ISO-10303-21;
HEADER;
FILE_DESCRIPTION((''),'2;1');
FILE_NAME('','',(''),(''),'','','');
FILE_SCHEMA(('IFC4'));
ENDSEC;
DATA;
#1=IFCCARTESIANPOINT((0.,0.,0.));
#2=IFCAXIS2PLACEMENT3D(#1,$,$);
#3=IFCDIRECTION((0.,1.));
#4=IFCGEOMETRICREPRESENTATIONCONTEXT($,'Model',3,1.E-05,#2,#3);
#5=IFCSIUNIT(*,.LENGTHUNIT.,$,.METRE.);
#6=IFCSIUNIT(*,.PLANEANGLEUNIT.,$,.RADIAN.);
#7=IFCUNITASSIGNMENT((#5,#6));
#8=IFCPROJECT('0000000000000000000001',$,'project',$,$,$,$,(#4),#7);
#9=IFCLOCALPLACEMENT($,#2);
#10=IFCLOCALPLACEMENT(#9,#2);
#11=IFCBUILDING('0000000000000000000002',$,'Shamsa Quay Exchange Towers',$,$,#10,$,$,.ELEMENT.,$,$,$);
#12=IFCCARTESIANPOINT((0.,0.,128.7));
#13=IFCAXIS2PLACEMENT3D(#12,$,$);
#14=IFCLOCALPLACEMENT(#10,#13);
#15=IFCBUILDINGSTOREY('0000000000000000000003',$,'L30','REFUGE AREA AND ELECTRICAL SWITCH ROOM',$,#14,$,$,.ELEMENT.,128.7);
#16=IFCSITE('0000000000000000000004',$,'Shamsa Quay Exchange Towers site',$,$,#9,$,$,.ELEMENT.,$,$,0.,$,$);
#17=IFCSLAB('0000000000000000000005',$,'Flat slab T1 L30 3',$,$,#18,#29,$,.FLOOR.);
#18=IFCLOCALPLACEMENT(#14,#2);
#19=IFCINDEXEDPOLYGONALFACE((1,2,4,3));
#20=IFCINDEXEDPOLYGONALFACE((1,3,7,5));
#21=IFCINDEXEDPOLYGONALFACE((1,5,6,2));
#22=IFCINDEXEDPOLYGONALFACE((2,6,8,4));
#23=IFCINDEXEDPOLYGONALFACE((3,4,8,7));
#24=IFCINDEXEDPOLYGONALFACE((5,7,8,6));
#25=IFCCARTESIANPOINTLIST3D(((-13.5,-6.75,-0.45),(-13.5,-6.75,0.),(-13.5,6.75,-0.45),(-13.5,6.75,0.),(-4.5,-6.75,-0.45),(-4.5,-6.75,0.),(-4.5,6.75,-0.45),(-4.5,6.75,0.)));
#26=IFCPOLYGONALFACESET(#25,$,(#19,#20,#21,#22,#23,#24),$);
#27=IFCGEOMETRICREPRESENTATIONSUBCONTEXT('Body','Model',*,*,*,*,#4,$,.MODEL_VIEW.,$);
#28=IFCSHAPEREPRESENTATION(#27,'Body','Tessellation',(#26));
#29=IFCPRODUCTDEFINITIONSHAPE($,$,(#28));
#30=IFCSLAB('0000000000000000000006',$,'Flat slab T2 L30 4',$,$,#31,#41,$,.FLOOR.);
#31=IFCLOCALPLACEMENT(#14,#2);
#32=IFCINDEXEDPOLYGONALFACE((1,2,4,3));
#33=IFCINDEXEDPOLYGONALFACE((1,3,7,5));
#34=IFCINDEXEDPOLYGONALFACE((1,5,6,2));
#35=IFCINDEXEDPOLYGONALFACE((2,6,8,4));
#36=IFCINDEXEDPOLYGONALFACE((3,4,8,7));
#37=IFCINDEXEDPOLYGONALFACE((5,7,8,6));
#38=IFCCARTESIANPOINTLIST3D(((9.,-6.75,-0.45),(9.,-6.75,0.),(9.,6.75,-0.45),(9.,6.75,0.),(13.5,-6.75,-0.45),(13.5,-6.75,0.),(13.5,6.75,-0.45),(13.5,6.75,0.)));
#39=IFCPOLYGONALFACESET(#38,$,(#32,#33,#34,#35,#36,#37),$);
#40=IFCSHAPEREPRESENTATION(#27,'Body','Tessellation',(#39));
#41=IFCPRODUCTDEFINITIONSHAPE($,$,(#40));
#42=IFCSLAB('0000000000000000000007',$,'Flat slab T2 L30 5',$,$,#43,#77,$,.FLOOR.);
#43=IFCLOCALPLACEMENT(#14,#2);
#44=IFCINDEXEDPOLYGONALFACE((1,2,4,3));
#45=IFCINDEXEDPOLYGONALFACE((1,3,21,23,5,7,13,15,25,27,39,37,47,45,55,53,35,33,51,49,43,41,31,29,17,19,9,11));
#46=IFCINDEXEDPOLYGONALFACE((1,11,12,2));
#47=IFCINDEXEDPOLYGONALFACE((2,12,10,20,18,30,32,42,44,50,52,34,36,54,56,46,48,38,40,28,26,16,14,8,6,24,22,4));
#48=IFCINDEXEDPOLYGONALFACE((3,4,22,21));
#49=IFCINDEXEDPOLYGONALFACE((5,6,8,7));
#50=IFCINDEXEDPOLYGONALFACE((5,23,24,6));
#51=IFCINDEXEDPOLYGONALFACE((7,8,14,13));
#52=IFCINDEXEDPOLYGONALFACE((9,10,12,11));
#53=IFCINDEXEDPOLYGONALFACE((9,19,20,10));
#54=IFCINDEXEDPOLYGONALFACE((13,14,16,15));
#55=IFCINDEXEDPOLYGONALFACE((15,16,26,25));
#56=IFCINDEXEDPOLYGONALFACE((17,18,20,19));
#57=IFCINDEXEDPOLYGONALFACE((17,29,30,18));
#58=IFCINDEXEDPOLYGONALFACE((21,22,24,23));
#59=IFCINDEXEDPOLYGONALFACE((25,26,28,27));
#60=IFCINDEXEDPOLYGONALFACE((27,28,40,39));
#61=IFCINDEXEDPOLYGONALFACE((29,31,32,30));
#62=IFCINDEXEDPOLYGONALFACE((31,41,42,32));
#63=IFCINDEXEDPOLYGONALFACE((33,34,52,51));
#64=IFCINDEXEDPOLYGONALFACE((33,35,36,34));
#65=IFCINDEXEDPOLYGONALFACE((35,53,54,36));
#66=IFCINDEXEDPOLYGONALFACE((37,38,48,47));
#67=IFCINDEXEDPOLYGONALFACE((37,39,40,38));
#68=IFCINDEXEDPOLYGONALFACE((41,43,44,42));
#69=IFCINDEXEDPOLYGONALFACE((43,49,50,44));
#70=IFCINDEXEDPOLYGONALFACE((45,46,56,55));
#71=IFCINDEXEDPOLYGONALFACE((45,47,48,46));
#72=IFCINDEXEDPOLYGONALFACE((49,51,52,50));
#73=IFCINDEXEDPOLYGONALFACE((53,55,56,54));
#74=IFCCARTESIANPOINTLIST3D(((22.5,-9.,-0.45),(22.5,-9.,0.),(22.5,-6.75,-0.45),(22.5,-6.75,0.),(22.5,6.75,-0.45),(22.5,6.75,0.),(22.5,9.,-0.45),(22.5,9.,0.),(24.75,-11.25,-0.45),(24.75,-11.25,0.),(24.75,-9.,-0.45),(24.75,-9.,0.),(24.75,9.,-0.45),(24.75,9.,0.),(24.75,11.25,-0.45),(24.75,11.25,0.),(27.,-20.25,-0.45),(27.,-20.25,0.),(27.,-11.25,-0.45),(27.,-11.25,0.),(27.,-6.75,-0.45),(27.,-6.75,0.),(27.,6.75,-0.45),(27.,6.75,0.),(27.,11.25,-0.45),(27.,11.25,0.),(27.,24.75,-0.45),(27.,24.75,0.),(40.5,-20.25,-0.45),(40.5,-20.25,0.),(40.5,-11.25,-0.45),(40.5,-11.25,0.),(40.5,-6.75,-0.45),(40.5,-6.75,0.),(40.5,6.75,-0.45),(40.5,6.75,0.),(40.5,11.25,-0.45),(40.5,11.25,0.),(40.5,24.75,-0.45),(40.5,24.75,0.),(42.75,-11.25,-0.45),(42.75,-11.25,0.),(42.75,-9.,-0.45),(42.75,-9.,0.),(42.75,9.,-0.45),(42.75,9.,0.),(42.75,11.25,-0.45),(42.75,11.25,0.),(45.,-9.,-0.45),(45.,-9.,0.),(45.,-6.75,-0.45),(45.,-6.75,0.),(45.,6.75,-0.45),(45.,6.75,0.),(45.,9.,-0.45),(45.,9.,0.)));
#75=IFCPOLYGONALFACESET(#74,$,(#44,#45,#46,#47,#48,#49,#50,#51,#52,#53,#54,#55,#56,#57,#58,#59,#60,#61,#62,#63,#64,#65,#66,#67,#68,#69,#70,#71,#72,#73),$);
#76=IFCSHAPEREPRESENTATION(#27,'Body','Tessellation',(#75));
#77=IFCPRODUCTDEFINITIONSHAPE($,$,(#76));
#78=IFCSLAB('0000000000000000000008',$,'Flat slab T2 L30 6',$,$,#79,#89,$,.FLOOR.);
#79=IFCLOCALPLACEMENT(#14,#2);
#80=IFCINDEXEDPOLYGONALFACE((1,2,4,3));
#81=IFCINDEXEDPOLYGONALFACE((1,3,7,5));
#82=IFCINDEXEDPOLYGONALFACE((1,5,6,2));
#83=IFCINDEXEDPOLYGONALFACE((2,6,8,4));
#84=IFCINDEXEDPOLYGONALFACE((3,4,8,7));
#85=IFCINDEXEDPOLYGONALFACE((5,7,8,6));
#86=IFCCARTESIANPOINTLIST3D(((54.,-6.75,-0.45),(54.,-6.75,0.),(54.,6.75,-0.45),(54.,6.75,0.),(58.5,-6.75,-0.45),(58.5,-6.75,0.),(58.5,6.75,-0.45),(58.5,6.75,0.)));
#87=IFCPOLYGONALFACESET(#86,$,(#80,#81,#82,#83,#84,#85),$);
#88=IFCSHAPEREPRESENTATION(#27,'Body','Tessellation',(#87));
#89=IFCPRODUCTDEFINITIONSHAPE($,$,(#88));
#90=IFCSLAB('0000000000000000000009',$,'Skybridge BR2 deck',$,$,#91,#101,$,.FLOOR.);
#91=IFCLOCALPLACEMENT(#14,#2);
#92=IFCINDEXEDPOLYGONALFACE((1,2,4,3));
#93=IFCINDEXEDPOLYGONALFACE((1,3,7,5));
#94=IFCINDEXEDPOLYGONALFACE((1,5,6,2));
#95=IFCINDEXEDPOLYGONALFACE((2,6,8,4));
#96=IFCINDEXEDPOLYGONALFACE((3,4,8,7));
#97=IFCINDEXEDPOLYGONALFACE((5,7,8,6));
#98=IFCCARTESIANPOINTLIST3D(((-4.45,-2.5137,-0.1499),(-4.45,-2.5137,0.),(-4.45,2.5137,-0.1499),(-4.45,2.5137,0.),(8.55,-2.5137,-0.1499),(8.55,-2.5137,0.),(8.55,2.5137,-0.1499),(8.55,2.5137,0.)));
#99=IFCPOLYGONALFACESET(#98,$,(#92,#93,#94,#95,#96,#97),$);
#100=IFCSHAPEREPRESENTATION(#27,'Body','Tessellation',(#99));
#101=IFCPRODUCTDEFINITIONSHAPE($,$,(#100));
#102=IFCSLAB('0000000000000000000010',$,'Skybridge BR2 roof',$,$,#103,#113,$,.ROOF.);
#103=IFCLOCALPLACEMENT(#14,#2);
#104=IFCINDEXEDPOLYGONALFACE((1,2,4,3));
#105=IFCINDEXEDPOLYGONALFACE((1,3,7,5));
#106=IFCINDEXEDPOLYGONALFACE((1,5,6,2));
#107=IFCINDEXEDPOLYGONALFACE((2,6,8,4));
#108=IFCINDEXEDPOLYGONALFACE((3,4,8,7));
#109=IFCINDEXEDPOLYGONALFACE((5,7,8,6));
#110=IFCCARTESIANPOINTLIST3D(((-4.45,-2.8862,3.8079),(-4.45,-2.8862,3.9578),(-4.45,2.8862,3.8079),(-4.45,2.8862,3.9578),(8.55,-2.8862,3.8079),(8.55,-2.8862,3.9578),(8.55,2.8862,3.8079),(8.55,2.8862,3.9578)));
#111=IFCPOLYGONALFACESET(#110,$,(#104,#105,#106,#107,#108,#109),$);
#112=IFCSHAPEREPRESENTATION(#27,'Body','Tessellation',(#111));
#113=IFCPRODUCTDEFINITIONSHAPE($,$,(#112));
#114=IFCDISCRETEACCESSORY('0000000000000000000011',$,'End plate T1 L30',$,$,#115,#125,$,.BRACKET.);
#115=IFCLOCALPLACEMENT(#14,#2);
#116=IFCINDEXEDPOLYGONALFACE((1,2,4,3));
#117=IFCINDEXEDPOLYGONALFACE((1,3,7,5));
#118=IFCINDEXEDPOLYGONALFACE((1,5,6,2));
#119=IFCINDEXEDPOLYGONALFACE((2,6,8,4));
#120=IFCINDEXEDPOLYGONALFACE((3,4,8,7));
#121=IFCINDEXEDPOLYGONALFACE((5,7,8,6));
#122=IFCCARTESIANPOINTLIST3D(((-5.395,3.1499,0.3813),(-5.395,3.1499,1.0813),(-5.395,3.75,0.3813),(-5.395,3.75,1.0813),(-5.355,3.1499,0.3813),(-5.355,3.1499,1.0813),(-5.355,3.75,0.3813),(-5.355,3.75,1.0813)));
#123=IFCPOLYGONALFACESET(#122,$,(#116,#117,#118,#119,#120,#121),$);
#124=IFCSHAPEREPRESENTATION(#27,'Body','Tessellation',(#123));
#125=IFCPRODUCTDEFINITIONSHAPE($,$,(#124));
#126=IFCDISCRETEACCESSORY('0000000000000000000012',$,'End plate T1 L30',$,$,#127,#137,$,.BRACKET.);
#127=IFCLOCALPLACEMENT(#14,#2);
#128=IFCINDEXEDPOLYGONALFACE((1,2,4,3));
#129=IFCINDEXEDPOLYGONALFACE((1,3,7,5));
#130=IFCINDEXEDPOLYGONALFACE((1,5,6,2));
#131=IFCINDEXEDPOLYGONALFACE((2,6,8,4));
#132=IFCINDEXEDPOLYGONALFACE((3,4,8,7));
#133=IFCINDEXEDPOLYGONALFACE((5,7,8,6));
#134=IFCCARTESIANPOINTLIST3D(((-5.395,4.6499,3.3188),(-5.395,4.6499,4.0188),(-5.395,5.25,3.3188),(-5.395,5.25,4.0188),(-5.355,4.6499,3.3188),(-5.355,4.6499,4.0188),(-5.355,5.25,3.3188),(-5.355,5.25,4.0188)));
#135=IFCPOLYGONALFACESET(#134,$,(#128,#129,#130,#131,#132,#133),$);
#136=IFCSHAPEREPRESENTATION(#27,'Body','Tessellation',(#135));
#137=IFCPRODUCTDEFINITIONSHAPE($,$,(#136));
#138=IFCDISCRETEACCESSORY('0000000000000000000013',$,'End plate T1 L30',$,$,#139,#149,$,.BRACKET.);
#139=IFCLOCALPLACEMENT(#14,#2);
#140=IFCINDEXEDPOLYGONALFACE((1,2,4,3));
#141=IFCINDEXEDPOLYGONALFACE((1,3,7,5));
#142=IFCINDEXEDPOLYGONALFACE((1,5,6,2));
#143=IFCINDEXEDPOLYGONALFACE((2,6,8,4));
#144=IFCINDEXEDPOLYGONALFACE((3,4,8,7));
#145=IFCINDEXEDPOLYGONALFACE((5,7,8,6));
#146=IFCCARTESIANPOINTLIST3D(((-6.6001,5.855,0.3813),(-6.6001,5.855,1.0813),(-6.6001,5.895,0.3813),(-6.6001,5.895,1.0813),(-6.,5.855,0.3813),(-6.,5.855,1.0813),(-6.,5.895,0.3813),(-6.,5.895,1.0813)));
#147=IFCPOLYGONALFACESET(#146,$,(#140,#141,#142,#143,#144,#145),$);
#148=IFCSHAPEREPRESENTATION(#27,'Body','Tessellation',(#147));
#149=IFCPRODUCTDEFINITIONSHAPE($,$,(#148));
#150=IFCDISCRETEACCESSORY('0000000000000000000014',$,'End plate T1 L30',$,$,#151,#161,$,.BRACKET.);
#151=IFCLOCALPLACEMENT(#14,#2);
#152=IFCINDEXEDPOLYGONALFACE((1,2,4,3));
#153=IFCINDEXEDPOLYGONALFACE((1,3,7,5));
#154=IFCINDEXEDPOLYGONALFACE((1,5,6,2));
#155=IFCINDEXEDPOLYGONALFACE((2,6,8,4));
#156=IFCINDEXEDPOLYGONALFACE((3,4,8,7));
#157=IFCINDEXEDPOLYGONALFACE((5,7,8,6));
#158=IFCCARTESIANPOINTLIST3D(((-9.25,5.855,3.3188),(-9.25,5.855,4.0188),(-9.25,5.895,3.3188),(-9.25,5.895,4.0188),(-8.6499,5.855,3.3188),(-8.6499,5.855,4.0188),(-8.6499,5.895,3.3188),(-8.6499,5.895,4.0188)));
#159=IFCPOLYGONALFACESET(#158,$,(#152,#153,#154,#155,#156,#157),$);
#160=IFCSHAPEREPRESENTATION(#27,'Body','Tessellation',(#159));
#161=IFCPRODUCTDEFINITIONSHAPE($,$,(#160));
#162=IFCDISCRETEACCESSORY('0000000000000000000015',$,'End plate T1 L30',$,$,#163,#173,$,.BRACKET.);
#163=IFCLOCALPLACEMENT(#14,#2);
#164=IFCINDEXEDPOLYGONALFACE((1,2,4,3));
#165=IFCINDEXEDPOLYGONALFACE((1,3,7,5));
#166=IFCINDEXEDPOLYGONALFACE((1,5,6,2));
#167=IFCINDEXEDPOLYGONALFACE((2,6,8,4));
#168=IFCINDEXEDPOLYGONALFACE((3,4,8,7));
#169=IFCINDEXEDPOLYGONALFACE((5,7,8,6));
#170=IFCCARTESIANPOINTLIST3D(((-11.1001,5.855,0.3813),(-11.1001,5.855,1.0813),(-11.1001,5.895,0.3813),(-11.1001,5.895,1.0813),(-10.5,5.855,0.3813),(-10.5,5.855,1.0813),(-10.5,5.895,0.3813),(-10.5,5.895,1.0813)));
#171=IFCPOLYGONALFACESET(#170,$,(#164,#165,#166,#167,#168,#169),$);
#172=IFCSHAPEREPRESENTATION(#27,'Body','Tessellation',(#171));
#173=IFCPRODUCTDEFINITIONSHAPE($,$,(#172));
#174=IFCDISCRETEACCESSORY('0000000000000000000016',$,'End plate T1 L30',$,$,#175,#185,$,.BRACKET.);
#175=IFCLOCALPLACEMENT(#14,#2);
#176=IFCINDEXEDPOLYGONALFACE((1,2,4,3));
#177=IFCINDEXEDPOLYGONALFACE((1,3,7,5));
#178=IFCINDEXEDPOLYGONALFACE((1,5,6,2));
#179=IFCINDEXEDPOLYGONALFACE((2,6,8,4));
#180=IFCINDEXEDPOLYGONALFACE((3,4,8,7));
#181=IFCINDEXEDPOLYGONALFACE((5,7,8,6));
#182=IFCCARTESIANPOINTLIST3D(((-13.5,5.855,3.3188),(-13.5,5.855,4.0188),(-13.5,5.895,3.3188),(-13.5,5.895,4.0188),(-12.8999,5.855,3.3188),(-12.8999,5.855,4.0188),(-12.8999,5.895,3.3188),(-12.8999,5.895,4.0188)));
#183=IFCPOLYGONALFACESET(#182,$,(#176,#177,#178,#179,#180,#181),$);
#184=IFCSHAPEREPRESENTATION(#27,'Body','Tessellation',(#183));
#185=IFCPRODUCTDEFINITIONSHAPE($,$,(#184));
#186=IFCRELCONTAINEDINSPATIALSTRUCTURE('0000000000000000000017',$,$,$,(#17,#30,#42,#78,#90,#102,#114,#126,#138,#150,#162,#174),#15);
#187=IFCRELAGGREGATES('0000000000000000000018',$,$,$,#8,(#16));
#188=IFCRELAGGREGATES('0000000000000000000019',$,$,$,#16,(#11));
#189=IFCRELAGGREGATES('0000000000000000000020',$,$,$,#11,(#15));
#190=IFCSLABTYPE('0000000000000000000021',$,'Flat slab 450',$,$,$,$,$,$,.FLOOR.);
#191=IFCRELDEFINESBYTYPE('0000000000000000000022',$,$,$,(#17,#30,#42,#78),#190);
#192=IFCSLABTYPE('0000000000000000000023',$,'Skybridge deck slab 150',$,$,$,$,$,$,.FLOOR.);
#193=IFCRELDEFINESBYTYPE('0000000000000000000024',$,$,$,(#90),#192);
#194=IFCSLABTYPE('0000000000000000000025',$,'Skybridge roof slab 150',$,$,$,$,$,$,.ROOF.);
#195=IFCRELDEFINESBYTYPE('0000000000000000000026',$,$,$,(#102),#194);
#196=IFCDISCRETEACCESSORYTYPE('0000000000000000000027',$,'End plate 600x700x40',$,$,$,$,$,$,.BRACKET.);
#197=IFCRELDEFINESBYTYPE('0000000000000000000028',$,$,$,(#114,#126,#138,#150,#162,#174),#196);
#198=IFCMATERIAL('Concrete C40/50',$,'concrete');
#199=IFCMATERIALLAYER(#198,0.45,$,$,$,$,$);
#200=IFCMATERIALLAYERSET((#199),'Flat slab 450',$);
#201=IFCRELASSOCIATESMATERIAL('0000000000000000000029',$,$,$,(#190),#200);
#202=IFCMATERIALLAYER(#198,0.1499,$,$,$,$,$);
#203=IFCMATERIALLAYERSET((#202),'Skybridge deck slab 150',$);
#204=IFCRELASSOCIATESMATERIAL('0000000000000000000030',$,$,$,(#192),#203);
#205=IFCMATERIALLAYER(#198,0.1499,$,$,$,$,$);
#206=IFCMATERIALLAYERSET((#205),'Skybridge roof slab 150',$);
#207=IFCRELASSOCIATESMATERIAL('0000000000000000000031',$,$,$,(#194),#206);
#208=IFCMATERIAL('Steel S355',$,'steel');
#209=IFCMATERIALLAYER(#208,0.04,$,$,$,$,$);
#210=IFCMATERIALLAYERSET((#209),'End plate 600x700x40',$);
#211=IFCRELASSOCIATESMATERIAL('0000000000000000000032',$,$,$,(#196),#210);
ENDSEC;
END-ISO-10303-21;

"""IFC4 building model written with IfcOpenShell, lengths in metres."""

from ifc_helpers import new_model, si_unit, direction, frame, origin, origin_2d, place, context, subcontext, project, spatial, polyline, rectangle, outline, extrude, material, layer, layer_set, type_object, element, save


model = new_model("IFC4")

# Units and contexts
model_context = context("Model", 3, precision=1e-05, world=origin(), true_north=direction((0.0, 1.0)))
body_context = subcontext(model_context, "Body", "Model", "MODEL_VIEW")
ifc_project = project(units=[si_unit("LENGTHUNIT", "METRE"), si_unit("PLANEANGLEUNIT", "RADIAN")], contexts=[model_context])

# Site, building, storey
site_placement = place(None, origin())
site = spatial("IfcSite", under=ifc_project, at=site_placement, Name="Shamsa Quay Exchange Towers site", CompositionType="ELEMENT", RefElevation=0.0)
building_placement = place(site_placement, origin())
building = spatial("IfcBuilding", under=site, at=building_placement, Name="Shamsa Quay Exchange Towers", CompositionType="ELEMENT")
storey_placement = place(building_placement, frame((0.0, 0.0, 128.7)))
storey = spatial("IfcBuildingStorey", under=building, at=storey_placement, Name="L30", Description="REFUGE AREA AND ELECTRICAL SWITCH ROOM", CompositionType="ELEMENT", Elevation=128.7)

# Shared definitions
ifc_material_1 = material(Name="Steel S355", Category="steel")

# Slabs
ifc_material_2 = material(Name="Concrete C40/50", Category="concrete")
ifc_layer_1 = layer(ifc_material_2, 0.45)
ifc_layer_set_1 = layer_set([ifc_layer_1], Name="Flat slab 450")
slab_type_1 = type_object("IfcSlabType", Name="Flat slab 450", PredefinedType="FLOOR", material=ifc_layer_set_1)
slab_1_placement = place(storey_placement, frame((0.0, 0.0, -0.45)))
element("IfcSlab", 1, at=slab_1_placement, inside=storey, type_object=slab_type_1, Name="Flat slab T1 L30 3", PredefinedType="FLOOR", context=body_context, shape_type="SweptSolid", body=[
    extrude(outline(polyline([(-4.5, 6.75), (-13.5, 6.75), (-13.5, -6.75), (-4.5, -6.75), (-4.5, 6.75)])), origin(), (0.0, 0.0, 1.0), 0.45),
])
slab_2_placement = place(storey_placement, frame((0.0, 0.0, -0.45)))
element("IfcSlab", 2, at=slab_2_placement, inside=storey, type_object=slab_type_1, Name="Flat slab T2 L30 4", PredefinedType="FLOOR", context=body_context, shape_type="SweptSolid", body=[
    extrude(outline(polyline([(9.0, -6.75), (13.5, -6.75), (13.5, 6.75), (9.0, 6.75), (9.0, -6.75)])), origin(), (0.0, 0.0, 1.0), 0.45),
])
slab_3_placement = place(storey_placement, frame((0.0, 0.0, -0.45)))
element("IfcSlab", 3, at=slab_3_placement, inside=storey, type_object=slab_type_1, Name="Flat slab T2 L30 5", PredefinedType="FLOOR", context=body_context, shape_type="SweptSolid", body=[
    extrude(outline(polyline([(45.0, -9.0), (45.0, -6.75), (40.5, -6.75), (40.5, 6.75), (45.0, 6.75), (45.0, 9.0), (42.75, 9.0), (42.75, 11.25), (40.5, 11.25), (40.5, 24.75), (27.0, 24.75), (27.0, 11.25), (24.75, 11.25), (24.75, 9.0), (22.5, 9.0), (22.5, 6.75), (27.0, 6.75), (27.0, -6.75), (22.5, -6.75), (22.5, -9.0), (24.75, -9.0), (24.75, -11.25), (27.0, -11.25), (27.0, -20.25), (40.5, -20.25), (40.5, -11.25), (42.75, -11.25), (42.75, -9.0), (45.0, -9.0)])), origin(), (0.0, 0.0, 1.0), 0.45),
])
slab_4_placement = place(storey_placement, frame((0.0, 0.0, -0.45)))
element("IfcSlab", 4, at=slab_4_placement, inside=storey, type_object=slab_type_1, Name="Flat slab T2 L30 6", PredefinedType="FLOOR", context=body_context, shape_type="SweptSolid", body=[
    extrude(outline(polyline([(58.5, 6.75), (54.0, 6.75), (54.0, -6.75), (58.5, -6.75), (58.5, 6.75)])), origin(), (0.0, 0.0, 1.0), 0.45),
])
ifc_layer_2 = layer(ifc_material_2, 0.1499)
ifc_layer_set_2 = layer_set([ifc_layer_2], Name="Skybridge deck slab 150")
slab_type_2 = type_object("IfcSlabType", Name="Skybridge deck slab 150", PredefinedType="FLOOR", material=ifc_layer_set_2)
slab_5_placement = place(storey_placement, frame((0.0, 0.0, -0.1499)))
element("IfcSlab", 5, at=slab_5_placement, inside=storey, type_object=slab_type_2, Name="Skybridge BR2 deck", PredefinedType="FLOOR", context=body_context, shape_type="SweptSolid", body=[
    extrude(outline(polyline([(-4.45, -2.5137), (8.55, -2.5137), (8.55, 2.5137), (-4.45, 2.5137), (-4.45, -2.5137)])), origin(), (0.0, 0.0, 1.0), 0.1499),
])
ifc_layer_3 = layer(ifc_material_2, 0.1499)
ifc_layer_set_3 = layer_set([ifc_layer_3], Name="Skybridge roof slab 150")
slab_type_3 = type_object("IfcSlabType", Name="Skybridge roof slab 150", PredefinedType="ROOF", material=ifc_layer_set_3)
slab_6_placement = place(storey_placement, frame((0.0, 0.0, 3.8079)))
element("IfcSlab", 6, at=slab_6_placement, inside=storey, type_object=slab_type_3, Name="Skybridge BR2 roof", PredefinedType="ROOF", context=body_context, shape_type="SweptSolid", body=[
    extrude(outline(polyline([(-4.45, -2.8862), (8.55, -2.8862), (8.55, 2.8862), (-4.45, 2.8862), (-4.45, -2.8862)])), origin(), (0.0, 0.0, 1.0), 0.1499),
])

# Discrete accessories
ifc_layer_4 = layer(ifc_material_1, 0.04)
ifc_layer_set_4 = layer_set([ifc_layer_4], Name="End plate 600x700x40")
discrete_accessory_type = type_object("IfcDiscreteAccessoryType", Name="End plate 600x700x40", PredefinedType="BRACKET", material=ifc_layer_set_4)
for number, where, z_axis, x_axis, name in (
    (7, (-5.375, 3.45, 0.3813), (0.0, 0.0, 1.0), (0.0, 1.0, 0.0), "End plate T1 L30"),
    (8, (-5.375, 4.95, 3.3188), (0.0, 0.0, 1.0), (0.0, 1.0, 0.0), "End plate T1 L30"),
    (9, (-6.3, 5.875, 0.3813), (0.0, 0.0, 1.0), (-1.0, 0.0, 0.0), "End plate T1 L30"),
    (10, (-8.95, 5.875, 3.3188), (0.0, 0.0, 1.0), (-1.0, 0.0, 0.0), "End plate T1 L30"),
    (11, (-10.8, 5.875, 0.3813), (0.0, 0.0, 1.0), (-1.0, 0.0, 0.0), "End plate T1 L30"),
    (12, (-13.2, 5.875, 3.3188), (0.0, 0.0, 1.0), (-1.0, 0.0, 0.0), "End plate T1 L30"),
):
    element("IfcDiscreteAccessory", number, at=place(storey_placement, frame(where, z_axis=z_axis, x_axis=x_axis)), inside=storey, type_object=discrete_accessory_type, Name=name, PredefinedType="BRACKET", context=body_context, shape_type="SweptSolid", body=[
        extrude(rectangle(XDim=0.6001, YDim=0.04, at=origin_2d()), origin(), (0.0, 0.0, 1.0), 0.7),
    ])

save(model, "model.ifc")
